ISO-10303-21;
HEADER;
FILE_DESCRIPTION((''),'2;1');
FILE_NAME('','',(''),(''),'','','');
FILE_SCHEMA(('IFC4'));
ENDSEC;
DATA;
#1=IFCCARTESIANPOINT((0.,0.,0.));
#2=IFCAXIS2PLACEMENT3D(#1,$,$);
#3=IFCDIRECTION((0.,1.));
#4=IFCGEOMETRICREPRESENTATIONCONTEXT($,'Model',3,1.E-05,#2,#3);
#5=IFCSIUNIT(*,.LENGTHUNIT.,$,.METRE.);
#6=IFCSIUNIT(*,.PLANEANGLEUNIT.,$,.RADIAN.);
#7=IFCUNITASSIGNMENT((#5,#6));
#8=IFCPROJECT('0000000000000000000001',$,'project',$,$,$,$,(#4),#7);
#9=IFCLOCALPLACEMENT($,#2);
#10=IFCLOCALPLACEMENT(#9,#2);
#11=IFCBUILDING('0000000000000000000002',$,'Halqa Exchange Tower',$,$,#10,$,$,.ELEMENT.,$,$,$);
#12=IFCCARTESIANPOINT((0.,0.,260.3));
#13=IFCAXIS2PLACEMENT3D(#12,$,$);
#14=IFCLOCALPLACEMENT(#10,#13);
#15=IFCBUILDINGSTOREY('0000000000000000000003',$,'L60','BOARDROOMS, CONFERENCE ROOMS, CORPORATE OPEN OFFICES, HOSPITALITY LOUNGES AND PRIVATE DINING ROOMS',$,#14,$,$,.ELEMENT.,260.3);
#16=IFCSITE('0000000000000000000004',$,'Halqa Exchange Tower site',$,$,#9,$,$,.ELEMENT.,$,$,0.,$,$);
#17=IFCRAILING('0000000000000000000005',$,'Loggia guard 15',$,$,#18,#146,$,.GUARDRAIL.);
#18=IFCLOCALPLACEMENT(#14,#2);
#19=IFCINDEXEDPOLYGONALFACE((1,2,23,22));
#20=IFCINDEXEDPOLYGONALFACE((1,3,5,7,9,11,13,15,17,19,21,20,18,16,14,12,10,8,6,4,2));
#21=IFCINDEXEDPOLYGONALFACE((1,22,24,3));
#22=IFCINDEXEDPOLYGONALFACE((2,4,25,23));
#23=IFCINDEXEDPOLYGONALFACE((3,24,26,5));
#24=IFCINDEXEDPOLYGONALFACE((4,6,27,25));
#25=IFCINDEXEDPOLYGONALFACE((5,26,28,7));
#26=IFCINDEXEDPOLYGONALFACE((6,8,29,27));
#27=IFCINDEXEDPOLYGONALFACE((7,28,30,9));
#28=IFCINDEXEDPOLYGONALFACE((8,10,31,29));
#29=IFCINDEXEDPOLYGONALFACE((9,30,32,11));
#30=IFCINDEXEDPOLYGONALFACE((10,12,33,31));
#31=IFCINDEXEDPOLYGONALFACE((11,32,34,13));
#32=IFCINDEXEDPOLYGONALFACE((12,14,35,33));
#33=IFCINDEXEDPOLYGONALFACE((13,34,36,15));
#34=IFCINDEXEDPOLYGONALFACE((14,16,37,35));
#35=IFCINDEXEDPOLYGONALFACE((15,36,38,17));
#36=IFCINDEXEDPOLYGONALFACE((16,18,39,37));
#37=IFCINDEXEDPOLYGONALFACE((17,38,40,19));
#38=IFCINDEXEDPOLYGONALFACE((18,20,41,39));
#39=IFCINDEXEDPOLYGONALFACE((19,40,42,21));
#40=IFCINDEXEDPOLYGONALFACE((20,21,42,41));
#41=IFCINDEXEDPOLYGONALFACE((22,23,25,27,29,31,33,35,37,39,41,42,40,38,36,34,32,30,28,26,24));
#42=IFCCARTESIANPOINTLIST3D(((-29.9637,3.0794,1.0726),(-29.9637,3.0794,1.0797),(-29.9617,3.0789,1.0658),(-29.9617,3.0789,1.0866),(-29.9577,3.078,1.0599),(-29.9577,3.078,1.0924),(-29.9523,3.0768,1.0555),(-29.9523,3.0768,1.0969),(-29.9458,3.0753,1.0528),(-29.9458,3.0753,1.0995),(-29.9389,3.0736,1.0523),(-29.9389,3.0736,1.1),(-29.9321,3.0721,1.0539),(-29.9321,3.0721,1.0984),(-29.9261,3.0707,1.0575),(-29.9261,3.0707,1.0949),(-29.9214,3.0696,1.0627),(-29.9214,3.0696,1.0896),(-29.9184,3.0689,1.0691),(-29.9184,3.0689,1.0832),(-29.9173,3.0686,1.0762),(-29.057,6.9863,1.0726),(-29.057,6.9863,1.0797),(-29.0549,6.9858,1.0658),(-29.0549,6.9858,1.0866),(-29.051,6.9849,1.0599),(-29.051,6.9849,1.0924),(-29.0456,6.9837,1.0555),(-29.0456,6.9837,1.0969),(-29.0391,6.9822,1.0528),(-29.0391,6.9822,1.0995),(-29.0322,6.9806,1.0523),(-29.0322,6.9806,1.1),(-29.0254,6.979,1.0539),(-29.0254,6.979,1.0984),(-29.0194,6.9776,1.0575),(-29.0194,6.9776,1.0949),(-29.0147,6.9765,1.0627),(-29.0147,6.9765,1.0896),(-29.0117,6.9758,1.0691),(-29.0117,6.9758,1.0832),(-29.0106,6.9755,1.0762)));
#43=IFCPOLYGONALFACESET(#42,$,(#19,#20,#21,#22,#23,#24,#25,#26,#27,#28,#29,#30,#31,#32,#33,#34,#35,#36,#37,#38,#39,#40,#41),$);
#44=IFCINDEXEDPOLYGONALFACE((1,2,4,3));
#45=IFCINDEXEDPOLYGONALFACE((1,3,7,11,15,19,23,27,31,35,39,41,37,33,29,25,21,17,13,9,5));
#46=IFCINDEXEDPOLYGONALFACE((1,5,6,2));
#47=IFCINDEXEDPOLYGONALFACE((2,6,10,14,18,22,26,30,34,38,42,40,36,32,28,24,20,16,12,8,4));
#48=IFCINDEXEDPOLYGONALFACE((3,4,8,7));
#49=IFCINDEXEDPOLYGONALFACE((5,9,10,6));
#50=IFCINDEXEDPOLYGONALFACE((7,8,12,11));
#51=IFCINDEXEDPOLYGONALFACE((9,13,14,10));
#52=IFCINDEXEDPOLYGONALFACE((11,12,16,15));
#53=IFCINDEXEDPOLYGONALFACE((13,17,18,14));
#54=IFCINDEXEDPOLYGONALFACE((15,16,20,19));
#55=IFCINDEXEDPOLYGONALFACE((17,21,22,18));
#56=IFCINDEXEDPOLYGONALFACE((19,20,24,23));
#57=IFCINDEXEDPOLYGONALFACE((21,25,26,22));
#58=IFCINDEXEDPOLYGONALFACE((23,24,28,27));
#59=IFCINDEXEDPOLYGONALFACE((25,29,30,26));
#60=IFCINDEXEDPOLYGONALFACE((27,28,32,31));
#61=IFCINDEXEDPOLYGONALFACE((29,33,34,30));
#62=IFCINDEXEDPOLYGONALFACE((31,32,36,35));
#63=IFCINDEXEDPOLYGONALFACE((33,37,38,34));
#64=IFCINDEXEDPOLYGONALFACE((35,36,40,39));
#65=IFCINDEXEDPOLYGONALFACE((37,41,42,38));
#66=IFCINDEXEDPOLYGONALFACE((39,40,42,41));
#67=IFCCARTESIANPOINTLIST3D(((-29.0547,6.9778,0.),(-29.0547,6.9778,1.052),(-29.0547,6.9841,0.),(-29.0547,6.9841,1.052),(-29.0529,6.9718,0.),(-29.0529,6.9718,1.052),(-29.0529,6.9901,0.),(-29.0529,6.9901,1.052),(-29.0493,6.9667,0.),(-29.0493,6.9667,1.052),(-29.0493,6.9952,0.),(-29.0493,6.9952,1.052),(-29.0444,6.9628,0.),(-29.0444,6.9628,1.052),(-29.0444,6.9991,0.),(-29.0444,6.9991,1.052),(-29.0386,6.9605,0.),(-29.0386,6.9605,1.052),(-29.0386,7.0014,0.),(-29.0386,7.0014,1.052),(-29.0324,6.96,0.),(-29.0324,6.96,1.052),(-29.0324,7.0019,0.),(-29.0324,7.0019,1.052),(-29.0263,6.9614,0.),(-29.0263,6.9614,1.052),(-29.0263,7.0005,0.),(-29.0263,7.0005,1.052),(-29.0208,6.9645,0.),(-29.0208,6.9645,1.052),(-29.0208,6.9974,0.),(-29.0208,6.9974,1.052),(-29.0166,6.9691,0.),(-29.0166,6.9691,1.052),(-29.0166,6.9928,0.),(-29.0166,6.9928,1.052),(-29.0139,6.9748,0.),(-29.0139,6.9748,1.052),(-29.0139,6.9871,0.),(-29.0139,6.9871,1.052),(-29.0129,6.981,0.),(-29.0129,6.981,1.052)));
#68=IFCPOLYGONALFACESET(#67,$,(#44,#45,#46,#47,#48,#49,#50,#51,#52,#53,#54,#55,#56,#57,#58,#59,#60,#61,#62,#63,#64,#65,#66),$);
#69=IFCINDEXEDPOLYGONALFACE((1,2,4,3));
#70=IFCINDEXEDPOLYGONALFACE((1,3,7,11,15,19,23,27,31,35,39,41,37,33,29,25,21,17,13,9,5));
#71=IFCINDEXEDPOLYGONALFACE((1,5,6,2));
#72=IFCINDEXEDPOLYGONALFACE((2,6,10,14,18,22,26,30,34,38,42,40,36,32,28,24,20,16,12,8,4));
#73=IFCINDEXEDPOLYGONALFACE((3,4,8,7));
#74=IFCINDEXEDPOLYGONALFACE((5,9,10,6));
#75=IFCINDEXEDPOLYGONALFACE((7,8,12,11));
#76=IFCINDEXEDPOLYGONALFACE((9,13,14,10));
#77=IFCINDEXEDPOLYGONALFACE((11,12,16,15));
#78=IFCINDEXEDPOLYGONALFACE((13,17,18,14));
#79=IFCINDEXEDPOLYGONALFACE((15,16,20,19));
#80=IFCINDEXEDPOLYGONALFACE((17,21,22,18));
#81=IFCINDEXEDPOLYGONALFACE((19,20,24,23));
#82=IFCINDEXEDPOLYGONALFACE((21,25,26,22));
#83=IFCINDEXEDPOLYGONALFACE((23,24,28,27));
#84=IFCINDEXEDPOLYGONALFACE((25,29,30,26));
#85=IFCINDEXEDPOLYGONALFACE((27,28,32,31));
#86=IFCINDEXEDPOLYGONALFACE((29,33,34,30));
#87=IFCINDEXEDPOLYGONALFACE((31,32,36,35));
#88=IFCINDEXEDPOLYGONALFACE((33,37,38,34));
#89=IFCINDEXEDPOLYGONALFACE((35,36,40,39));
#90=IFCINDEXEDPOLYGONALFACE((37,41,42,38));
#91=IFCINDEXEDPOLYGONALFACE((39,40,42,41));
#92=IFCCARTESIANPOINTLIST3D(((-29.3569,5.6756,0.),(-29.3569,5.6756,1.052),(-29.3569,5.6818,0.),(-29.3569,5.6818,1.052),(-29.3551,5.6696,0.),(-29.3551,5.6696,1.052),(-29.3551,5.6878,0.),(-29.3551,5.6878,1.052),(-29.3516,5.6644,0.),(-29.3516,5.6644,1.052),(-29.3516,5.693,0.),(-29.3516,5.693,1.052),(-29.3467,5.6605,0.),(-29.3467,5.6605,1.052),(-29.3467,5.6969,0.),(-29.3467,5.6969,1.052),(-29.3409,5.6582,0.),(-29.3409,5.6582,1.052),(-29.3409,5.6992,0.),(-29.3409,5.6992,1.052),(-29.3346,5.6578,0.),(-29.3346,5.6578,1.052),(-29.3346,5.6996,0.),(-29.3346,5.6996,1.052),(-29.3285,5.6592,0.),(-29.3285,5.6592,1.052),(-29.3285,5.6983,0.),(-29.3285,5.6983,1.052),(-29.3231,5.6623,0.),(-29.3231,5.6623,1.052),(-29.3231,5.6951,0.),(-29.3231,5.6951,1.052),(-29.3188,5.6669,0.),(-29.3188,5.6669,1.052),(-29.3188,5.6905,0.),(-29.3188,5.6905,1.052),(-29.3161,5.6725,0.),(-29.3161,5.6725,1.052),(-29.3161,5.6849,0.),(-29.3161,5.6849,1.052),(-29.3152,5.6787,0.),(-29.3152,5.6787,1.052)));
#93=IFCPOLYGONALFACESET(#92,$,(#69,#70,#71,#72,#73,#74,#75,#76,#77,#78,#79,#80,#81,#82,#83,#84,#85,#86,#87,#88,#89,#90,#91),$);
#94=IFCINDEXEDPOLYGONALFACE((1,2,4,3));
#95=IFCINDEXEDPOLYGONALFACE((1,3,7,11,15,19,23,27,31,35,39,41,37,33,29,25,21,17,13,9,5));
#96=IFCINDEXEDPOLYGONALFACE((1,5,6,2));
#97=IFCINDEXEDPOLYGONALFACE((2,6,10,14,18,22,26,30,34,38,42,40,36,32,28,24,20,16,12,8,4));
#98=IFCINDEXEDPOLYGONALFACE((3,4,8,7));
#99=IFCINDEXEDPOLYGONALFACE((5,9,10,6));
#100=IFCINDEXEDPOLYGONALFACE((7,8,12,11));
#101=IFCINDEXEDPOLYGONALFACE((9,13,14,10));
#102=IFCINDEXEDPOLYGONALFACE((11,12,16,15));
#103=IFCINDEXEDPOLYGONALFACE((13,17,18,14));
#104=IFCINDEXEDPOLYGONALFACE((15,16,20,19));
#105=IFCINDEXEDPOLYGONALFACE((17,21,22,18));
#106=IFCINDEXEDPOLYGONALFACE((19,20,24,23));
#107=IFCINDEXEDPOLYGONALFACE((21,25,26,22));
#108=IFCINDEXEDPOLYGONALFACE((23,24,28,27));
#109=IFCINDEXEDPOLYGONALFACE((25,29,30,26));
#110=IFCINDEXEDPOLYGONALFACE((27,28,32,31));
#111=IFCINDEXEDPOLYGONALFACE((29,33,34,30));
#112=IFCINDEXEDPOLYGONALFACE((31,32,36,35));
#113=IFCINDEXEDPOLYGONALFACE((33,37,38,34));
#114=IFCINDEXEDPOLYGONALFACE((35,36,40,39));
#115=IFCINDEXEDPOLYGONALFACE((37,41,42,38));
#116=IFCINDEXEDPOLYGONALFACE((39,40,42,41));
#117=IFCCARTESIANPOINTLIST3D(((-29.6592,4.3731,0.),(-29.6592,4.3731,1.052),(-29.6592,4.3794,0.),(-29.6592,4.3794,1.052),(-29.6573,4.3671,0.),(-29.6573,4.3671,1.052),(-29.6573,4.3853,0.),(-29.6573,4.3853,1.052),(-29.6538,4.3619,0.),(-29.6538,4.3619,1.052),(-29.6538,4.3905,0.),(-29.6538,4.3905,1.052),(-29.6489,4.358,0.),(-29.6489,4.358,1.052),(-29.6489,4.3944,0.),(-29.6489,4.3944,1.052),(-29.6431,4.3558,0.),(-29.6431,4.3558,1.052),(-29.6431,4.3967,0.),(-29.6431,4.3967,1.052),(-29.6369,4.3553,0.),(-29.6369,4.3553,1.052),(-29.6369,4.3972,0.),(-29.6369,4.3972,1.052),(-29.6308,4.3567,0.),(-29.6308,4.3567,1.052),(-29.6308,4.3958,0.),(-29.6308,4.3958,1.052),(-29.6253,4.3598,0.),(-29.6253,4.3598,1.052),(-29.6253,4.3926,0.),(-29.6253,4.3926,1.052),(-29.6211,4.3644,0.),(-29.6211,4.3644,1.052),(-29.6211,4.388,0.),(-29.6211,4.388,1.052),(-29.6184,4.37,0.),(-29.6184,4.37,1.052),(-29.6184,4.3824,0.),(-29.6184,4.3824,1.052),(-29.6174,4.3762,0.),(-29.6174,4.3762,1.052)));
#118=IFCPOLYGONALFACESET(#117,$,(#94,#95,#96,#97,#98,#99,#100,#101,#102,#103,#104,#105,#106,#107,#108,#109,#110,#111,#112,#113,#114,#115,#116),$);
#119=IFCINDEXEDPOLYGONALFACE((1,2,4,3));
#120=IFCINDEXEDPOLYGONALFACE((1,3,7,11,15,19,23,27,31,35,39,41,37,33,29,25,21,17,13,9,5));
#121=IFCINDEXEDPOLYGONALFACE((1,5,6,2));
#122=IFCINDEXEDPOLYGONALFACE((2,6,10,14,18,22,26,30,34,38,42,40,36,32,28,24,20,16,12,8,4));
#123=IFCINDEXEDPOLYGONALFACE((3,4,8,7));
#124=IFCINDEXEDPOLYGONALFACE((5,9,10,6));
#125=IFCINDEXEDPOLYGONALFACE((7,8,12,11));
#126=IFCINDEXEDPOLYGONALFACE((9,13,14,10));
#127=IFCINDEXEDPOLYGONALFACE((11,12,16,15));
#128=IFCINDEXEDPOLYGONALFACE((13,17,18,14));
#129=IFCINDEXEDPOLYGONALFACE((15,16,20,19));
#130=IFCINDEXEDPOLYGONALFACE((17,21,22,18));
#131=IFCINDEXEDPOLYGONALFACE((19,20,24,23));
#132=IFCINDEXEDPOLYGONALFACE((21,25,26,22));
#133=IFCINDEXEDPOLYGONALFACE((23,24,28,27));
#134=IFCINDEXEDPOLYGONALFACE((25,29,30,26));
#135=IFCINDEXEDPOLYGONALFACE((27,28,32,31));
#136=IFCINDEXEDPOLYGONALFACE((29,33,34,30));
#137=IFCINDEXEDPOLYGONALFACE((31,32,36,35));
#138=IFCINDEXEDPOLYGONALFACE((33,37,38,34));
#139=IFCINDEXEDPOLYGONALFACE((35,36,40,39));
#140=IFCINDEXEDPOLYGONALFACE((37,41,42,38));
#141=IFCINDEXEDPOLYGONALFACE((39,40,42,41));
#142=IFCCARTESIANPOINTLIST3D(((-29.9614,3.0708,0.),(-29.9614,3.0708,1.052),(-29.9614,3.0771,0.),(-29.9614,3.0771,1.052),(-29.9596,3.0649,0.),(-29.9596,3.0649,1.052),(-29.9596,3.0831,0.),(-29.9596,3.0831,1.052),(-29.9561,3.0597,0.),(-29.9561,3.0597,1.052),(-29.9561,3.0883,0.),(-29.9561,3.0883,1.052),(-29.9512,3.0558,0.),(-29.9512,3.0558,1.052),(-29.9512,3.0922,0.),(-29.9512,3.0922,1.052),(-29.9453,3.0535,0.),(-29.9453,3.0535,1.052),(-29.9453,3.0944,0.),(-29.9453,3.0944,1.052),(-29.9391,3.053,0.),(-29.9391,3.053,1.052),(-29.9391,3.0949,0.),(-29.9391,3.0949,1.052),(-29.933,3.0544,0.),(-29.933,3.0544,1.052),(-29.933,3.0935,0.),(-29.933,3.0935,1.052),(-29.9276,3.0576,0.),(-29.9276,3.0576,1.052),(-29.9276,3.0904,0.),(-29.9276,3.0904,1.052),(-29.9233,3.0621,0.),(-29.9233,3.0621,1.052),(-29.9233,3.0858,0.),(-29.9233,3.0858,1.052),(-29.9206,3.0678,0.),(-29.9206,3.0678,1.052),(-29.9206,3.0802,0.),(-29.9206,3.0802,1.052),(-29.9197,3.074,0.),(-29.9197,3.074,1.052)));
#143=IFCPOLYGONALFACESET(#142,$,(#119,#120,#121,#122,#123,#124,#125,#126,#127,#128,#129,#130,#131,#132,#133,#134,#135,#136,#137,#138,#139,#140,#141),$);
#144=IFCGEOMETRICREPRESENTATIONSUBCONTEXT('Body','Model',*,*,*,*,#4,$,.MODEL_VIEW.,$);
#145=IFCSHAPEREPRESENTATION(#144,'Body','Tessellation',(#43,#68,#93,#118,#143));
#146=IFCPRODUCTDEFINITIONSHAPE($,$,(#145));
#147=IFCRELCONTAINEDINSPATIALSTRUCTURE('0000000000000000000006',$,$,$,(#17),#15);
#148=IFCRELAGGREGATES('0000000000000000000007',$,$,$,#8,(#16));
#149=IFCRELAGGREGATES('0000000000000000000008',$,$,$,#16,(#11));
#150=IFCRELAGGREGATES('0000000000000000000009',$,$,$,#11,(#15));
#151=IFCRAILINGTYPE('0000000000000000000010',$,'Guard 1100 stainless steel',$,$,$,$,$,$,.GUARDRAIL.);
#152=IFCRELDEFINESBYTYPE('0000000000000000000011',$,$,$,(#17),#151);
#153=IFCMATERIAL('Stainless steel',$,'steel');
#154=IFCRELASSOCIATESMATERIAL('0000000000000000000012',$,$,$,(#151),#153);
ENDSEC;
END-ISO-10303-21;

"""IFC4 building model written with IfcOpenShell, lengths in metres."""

from ifc_helpers import new_model, si_unit, direction, frame, origin, origin_2d, place, context, subcontext, project, spatial, circle, extrude, material, type_object, element, save


model = new_model("IFC4")

# Units and contexts
model_context = context("Model", 3, precision=1e-05, world=origin(), true_north=direction((0.0, 1.0)))
body_context = subcontext(model_context, "Body", "Model", "MODEL_VIEW")
ifc_project = project(units=[si_unit("LENGTHUNIT", "METRE"), si_unit("PLANEANGLEUNIT", "RADIAN")], contexts=[model_context])

# Site, building, storey
site_placement = place(None, origin())
site = spatial("IfcSite", under=ifc_project, at=site_placement, Name="Halqa Exchange Tower site", CompositionType="ELEMENT", RefElevation=0.0)
building_placement = place(site_placement, origin())
building = spatial("IfcBuilding", under=site, at=building_placement, Name="Halqa Exchange Tower", CompositionType="ELEMENT")
storey_placement = place(building_placement, frame((0.0, 0.0, 260.3)))
storey = spatial("IfcBuildingStorey", under=building, at=storey_placement, Name="L60", Description="BOARDROOMS, CONFERENCE ROOMS, CORPORATE OPEN OFFICES, HOSPITALITY LOUNGES AND PRIVATE DINING ROOMS", CompositionType="ELEMENT", Elevation=260.3)

# Railing
ifc_material_1 = material(Name="Stainless steel", Category="steel")
railing_type = type_object("IfcRailingType", Name="Guard 1100 stainless steel", PredefinedType="GUARDRAIL", material=ifc_material_1)
railing_1_placement = place(storey_placement, frame((-29.0339, 6.981, 0.0)))
element("IfcRailing", 1, at=railing_1_placement, inside=storey, type_object=railing_type, Name="Loggia guard 15", PredefinedType="GUARDRAIL", context=body_context, shape_type="SweptSolid", body=[
    extrude(circle(Radius=0.0239, at=origin_2d()), frame((0.0, 0.0, 1.0762), z_axis=(-0.226073, -0.97411, 0.0), x_axis=(0.97411, -0.226073, 0.0)), (0.0, 0.0, 1.0), 4.0107),
    extrude(circle(Radius=0.021, at=origin_2d()), origin(), (0.0, 0.0, 1.0), 1.052),
    extrude(circle(Radius=0.021, at=origin_2d()), frame((-0.3022, -1.3022, 0.0)), (0.0, 0.0, 1.0), 1.052),
    extrude(circle(Radius=0.021, at=origin_2d()), frame((-0.6045, -2.6047, 0.0)), (0.0, 0.0, 1.0), 1.052),
    extrude(circle(Radius=0.021, at=origin_2d()), frame((-0.9067, -3.907, 0.0)), (0.0, 0.0, 1.0), 1.052),
])

save(model, "model.ifc")
